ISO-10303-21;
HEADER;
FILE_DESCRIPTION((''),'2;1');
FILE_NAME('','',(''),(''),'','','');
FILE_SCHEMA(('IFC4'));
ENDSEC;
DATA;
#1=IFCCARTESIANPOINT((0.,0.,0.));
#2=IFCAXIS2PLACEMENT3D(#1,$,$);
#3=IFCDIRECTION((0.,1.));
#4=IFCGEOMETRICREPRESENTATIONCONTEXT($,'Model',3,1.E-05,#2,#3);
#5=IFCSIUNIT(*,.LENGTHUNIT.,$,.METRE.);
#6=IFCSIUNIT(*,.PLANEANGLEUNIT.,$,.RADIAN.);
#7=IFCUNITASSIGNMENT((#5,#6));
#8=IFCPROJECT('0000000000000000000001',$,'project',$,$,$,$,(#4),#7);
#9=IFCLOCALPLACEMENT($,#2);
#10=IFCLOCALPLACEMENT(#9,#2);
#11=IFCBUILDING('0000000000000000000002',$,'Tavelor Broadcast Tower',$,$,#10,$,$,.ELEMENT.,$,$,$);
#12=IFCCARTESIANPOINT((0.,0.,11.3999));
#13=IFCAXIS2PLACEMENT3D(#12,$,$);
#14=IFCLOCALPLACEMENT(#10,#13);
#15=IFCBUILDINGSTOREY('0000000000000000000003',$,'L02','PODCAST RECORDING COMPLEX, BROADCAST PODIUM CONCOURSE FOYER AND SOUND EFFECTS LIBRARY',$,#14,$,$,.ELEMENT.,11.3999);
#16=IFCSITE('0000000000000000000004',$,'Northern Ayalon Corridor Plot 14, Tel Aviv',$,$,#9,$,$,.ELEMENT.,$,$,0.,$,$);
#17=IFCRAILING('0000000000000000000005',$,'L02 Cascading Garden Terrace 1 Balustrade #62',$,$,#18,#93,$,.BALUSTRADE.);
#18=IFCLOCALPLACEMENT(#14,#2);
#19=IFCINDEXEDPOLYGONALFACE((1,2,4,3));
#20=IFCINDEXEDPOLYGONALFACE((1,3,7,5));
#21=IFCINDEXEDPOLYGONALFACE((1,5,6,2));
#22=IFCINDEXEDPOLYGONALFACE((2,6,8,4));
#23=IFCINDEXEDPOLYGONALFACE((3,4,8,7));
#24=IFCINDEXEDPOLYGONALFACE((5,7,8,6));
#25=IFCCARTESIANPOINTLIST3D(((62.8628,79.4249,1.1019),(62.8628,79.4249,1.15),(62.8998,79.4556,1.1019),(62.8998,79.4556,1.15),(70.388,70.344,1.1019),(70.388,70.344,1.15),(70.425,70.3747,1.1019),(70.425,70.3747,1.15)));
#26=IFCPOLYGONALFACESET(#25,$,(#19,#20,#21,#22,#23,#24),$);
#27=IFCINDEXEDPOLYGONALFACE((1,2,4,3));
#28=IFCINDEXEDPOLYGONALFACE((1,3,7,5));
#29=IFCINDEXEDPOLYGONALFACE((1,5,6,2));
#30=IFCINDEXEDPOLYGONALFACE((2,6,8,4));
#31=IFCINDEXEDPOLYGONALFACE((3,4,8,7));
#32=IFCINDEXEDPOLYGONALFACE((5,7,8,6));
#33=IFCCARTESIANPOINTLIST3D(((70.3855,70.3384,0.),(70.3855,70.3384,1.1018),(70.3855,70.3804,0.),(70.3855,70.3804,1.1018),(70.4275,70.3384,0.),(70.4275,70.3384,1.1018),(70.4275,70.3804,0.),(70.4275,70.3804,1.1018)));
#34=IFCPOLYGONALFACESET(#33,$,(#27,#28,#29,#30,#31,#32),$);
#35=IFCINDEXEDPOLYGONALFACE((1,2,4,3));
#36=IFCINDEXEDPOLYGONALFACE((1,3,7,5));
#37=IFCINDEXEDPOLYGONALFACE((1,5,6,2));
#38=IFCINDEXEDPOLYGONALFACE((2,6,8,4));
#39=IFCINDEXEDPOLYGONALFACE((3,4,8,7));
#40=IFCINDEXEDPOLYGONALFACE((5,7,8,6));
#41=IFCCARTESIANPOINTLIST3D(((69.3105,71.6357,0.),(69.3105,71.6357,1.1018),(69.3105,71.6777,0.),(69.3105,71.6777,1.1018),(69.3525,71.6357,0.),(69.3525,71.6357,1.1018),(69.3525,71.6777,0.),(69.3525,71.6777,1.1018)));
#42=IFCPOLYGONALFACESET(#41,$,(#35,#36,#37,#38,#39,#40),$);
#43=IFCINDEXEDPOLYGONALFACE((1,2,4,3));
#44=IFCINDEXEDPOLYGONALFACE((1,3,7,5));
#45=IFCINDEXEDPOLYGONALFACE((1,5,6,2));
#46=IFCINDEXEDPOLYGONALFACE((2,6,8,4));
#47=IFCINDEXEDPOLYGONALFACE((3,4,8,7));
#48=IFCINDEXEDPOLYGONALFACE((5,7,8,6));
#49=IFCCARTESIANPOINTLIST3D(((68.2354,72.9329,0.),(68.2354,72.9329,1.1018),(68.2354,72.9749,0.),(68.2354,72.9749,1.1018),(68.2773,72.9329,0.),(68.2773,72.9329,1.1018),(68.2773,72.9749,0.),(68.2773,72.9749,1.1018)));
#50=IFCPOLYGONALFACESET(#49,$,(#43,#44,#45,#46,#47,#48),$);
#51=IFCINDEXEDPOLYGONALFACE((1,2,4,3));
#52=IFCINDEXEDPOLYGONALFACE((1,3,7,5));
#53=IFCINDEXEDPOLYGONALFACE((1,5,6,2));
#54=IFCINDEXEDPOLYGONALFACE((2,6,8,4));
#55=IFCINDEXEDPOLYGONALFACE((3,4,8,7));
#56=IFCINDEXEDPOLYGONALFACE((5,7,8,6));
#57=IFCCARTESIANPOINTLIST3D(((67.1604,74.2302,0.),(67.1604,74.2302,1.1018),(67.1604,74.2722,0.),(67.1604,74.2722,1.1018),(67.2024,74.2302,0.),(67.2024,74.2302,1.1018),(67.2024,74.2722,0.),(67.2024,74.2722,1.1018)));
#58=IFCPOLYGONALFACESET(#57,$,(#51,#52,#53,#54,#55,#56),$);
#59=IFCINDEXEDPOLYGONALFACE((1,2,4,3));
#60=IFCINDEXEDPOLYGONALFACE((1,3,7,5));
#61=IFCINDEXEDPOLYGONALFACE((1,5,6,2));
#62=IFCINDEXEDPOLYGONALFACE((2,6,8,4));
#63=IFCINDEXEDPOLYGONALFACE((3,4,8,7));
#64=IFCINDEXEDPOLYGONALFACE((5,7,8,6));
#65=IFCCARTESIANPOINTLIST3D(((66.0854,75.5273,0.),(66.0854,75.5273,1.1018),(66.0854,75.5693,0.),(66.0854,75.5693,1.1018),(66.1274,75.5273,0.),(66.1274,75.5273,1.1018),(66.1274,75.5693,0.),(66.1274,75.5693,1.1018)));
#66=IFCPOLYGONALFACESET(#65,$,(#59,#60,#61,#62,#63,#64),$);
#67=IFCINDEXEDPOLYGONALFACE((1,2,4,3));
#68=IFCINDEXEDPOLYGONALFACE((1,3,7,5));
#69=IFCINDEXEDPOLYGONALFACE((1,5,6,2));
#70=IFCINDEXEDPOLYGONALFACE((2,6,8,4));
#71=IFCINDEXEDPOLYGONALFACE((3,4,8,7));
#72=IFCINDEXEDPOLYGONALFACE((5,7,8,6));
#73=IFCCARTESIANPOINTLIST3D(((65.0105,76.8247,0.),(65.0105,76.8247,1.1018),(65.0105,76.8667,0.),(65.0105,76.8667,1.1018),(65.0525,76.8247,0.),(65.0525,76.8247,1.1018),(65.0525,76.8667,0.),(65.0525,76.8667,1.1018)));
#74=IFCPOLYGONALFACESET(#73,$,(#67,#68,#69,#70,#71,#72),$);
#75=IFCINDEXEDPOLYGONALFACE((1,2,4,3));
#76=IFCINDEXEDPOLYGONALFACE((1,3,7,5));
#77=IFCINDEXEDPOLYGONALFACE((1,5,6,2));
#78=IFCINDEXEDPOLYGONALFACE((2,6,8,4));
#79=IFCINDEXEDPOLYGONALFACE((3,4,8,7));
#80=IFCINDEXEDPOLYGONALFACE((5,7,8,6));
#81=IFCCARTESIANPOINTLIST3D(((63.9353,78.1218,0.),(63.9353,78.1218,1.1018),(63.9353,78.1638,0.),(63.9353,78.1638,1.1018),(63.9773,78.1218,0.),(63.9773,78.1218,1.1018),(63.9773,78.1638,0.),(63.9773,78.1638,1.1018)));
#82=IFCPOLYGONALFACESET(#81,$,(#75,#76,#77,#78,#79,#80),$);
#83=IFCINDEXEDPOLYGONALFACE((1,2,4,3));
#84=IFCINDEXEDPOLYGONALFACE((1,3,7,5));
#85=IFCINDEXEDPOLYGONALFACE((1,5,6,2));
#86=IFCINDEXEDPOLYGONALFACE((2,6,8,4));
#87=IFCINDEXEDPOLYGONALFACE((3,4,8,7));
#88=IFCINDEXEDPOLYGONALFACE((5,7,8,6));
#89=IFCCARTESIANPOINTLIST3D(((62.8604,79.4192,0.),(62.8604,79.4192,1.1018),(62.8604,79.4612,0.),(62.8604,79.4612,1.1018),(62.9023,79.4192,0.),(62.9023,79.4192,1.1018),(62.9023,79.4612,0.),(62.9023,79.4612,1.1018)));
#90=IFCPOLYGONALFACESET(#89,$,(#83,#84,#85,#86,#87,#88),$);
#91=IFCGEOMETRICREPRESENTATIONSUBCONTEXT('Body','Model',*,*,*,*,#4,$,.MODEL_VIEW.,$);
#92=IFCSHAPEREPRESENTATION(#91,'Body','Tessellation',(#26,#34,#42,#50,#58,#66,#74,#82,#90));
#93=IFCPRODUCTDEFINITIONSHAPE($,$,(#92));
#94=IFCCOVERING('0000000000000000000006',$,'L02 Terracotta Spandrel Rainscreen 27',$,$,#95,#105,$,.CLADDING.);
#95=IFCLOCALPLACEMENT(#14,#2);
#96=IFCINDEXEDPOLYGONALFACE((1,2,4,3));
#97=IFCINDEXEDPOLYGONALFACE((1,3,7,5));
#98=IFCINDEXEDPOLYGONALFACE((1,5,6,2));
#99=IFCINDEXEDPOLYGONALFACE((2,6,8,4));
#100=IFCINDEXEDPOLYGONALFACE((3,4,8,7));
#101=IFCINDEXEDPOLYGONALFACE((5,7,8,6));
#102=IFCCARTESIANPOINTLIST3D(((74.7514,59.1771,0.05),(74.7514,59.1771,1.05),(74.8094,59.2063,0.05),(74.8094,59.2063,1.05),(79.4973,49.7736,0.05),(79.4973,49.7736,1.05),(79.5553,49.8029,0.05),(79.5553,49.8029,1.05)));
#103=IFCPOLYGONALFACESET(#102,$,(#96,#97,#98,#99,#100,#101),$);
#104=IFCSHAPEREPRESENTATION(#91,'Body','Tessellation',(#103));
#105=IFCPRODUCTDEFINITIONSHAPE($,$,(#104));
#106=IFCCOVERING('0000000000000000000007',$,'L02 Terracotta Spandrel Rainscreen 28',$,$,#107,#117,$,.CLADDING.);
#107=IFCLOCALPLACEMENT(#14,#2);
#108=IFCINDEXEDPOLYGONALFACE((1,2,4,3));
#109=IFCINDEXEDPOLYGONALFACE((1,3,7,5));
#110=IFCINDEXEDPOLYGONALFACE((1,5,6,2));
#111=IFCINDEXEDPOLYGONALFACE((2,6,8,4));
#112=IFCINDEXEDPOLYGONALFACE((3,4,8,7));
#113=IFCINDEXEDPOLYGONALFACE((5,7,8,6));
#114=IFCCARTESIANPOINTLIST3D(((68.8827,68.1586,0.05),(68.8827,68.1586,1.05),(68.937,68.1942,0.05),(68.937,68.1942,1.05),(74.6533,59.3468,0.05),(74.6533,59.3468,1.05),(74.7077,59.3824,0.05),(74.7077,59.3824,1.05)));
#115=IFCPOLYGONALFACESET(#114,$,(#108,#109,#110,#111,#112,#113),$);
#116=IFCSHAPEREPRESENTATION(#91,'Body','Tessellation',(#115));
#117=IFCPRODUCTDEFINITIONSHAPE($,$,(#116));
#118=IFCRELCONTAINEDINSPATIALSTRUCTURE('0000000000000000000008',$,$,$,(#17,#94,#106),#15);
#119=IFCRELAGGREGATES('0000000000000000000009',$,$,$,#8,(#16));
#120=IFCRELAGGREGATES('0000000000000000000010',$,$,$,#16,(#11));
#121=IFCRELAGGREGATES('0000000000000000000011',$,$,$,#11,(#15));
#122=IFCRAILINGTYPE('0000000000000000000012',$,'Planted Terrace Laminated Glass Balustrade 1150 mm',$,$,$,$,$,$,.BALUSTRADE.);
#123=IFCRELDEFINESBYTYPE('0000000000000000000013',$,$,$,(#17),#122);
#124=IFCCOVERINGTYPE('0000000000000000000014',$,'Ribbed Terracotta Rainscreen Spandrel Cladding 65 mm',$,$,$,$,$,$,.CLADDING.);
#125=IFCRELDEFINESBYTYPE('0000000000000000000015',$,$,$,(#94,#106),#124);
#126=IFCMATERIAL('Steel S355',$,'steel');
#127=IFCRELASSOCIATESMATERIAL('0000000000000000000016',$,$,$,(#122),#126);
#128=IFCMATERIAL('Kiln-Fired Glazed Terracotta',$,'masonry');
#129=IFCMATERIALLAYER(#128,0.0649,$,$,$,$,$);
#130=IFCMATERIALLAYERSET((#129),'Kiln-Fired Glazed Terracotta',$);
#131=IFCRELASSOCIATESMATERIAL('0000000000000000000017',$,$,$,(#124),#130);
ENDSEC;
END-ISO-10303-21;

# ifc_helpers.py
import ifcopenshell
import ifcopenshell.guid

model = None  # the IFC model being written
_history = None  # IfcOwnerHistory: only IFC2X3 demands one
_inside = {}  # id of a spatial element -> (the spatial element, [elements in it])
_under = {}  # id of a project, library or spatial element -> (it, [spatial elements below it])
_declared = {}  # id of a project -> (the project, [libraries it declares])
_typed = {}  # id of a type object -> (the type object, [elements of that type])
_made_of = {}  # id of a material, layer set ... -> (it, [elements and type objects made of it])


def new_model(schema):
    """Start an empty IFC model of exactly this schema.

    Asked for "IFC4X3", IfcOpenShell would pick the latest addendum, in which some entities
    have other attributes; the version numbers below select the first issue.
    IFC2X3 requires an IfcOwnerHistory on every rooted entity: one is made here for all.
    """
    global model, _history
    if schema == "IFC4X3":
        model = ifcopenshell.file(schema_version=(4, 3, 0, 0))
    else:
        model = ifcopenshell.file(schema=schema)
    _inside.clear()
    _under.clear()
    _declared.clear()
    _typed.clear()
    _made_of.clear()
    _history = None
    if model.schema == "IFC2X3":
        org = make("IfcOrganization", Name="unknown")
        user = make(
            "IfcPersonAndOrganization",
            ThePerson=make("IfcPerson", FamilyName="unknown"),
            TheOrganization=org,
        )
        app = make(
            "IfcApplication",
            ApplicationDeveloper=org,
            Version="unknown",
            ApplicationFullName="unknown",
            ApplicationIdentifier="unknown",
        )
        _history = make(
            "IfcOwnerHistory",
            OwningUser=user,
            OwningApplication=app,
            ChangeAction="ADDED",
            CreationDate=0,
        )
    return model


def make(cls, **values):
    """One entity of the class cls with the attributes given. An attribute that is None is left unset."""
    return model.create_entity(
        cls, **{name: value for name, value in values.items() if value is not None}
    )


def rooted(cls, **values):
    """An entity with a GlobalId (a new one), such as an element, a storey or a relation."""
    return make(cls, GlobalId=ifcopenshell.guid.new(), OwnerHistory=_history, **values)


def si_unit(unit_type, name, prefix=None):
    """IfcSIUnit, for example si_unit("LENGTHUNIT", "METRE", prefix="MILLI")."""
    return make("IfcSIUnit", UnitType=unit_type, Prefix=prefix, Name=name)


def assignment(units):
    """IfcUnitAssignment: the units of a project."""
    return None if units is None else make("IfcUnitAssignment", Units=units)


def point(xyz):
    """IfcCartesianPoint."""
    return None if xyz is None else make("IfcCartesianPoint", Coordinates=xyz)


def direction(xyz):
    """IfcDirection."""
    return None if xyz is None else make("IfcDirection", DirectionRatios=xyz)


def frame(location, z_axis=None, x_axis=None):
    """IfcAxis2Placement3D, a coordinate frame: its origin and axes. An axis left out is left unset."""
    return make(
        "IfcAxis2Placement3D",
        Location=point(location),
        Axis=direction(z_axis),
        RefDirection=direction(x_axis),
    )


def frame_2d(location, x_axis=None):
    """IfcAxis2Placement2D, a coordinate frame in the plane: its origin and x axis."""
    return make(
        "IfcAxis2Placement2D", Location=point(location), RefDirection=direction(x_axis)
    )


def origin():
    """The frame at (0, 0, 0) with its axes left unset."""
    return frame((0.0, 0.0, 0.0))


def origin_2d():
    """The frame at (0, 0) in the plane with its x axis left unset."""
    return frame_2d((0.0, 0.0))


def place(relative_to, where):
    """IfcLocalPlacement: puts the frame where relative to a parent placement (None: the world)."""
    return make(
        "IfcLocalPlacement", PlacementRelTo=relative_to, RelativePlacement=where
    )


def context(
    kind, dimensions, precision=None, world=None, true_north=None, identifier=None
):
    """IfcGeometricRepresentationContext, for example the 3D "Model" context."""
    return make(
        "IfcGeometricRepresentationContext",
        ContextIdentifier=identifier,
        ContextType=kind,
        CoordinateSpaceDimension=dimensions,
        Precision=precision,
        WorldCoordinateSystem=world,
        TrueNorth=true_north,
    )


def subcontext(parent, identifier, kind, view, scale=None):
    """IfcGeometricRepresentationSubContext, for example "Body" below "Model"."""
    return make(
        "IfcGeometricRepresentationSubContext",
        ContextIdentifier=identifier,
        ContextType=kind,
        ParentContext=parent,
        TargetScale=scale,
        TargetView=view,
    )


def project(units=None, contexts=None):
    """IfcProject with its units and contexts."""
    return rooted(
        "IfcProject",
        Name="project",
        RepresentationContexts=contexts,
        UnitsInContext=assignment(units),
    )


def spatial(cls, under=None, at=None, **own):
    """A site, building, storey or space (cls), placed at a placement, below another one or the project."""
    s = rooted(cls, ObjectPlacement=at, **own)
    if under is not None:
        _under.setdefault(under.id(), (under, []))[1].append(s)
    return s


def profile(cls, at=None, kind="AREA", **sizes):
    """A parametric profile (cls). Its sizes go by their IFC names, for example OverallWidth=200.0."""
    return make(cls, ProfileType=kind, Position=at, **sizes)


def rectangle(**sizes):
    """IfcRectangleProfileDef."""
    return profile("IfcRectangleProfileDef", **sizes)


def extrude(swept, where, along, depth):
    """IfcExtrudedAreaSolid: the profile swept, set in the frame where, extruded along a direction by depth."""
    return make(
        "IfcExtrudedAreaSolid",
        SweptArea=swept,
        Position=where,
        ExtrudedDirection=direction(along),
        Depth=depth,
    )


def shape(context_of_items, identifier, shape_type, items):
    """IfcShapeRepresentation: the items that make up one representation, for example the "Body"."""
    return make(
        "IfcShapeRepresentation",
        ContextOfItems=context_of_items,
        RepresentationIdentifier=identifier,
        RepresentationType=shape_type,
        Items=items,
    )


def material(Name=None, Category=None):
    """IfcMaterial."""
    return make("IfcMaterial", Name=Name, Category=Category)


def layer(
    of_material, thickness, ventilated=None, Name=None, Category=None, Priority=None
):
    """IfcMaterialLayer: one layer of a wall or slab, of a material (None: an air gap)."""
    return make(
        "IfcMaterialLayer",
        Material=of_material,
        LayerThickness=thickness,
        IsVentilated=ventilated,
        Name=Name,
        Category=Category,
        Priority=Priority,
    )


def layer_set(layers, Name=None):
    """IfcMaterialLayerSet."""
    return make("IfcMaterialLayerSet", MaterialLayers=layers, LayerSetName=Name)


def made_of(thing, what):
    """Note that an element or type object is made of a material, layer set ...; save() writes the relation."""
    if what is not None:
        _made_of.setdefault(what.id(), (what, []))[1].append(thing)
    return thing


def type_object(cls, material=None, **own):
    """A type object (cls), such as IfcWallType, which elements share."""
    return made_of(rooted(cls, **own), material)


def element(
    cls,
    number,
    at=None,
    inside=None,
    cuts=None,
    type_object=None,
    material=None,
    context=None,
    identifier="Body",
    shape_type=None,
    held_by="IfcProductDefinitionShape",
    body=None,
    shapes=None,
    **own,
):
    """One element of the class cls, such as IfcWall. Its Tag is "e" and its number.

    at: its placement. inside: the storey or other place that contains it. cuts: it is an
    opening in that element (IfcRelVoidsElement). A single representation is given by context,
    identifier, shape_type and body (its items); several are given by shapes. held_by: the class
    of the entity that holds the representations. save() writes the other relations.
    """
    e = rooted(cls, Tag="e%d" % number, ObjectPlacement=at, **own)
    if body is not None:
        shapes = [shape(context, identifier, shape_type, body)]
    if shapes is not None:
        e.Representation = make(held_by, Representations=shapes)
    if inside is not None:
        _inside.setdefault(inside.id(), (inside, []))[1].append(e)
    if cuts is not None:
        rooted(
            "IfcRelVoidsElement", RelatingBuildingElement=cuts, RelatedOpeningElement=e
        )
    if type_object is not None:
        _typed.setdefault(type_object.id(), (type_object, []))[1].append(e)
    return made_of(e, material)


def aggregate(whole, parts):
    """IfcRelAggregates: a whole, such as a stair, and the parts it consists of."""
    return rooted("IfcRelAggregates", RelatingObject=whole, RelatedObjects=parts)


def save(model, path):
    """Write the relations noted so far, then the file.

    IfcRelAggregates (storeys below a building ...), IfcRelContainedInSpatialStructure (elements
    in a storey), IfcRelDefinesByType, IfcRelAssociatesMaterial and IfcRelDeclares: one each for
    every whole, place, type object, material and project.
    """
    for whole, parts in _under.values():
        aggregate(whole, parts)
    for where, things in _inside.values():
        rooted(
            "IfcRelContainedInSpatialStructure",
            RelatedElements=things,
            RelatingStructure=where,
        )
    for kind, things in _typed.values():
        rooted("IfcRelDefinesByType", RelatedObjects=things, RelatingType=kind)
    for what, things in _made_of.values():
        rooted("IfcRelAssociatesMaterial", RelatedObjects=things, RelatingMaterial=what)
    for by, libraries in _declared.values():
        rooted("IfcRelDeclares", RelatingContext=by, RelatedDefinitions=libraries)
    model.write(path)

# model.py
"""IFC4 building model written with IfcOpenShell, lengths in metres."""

from ifc_helpers import new_model, si_unit, direction, frame, origin, origin_2d, place, context, subcontext, project, spatial, rectangle, extrude, material, layer, layer_set, type_object, element, save


model = new_model("IFC4")

# Units and contexts
model_context = context("Model", 3, precision=1e-05, world=origin(), true_north=direction((0.0, 1.0)))
body_context = subcontext(model_context, "Body", "Model", "MODEL_VIEW")
ifc_project = project(units=[si_unit("LENGTHUNIT", "METRE"), si_unit("PLANEANGLEUNIT", "RADIAN")], contexts=[model_context])

# Site, building, storey
site_placement = place(None, origin())
site = spatial("IfcSite", under=ifc_project, at=site_placement, Name="Northern Ayalon Corridor Plot 14, Tel Aviv", CompositionType="ELEMENT", RefElevation=0.0)
building_placement = place(site_placement, origin())
building = spatial("IfcBuilding", under=site, at=building_placement, Name="Tavelor Broadcast Tower", CompositionType="ELEMENT")
storey_placement = place(building_placement, frame((0.0, 0.0, 11.3999)))
storey = spatial("IfcBuildingStorey", under=building, at=storey_placement, Name="L02", Description="PODCAST RECORDING COMPLEX, BROADCAST PODIUM CONCOURSE FOYER AND SOUND EFFECTS LIBRARY", CompositionType="ELEMENT", Elevation=11.3999)

# Shared definitions
ifc_material_1 = material(Name="Steel S355", Category="steel")

# Railing
railing_type = type_object("IfcRailingType", Name="Planted Terrace Laminated Glass Balustrade 1150 mm", PredefinedType="BALUSTRADE", material=ifc_material_1)
railing_1_placement = place(storey_placement, frame((70.4065, 70.3594, 0.0)))
element("IfcRailing", 1, at=railing_1_placement, inside=storey, type_object=railing_type, Name="L02 Cascading Garden Terrace 1 Balustrade #62", PredefinedType="BALUSTRADE", context=body_context, shape_type="SweptSolid", body=[
    extrude(rectangle(XDim=0.0481, YDim=0.0481, at=origin_2d()), frame((0.0, 0.0, 1.126), z_axis=(-0.63807, 0.769978, 0.0), x_axis=(-0.769978, -0.63807, 0.0)), (0.0, 0.0, 1.0), 11.7937),
    extrude(rectangle(XDim=0.042, YDim=0.042, at=origin_2d()), origin(), (0.0, 0.0, 1.0), 1.1018),
    extrude(rectangle(XDim=0.042, YDim=0.042, at=origin_2d()), frame((-1.075, 1.2974, 0.0)), (0.0, 0.0, 1.0), 1.1018),
    extrude(rectangle(XDim=0.042, YDim=0.042, at=origin_2d()), frame((-2.1501, 2.5945, 0.0)), (0.0, 0.0, 1.0), 1.1018),
    extrude(rectangle(XDim=0.042, YDim=0.042, at=origin_2d()), frame((-3.2251, 3.8918, 0.0)), (0.0, 0.0, 1.0), 1.1018),
    extrude(rectangle(XDim=0.042, YDim=0.042, at=origin_2d()), frame((-4.3, 5.189, 0.0)), (0.0, 0.0, 1.0), 1.1018),
    extrude(rectangle(XDim=0.042, YDim=0.042, at=origin_2d()), frame((-5.375, 6.4863, 0.0)), (0.0, 0.0, 1.0), 1.1018),
    extrude(rectangle(XDim=0.042, YDim=0.042, at=origin_2d()), frame((-6.4502, 7.7834, 0.0)), (0.0, 0.0, 1.0), 1.1018),
    extrude(rectangle(XDim=0.042, YDim=0.042, at=origin_2d()), frame((-7.5251, 9.0808, 0.0)), (0.0, 0.0, 1.0), 1.1018),
])

# Coverings
ifc_material_2 = material(Name="Kiln-Fired Glazed Terracotta", Category="masonry")
ifc_layer_1 = layer(ifc_material_2, 0.0649)
ifc_layer_set_1 = layer_set([ifc_layer_1], Name="Kiln-Fired Glazed Terracotta")
covering_type = type_object("IfcCoveringType", Name="Ribbed Terracotta Rainscreen Spandrel Cladding 65 mm", PredefinedType="CLADDING", material=ifc_layer_set_1)
for number, where, z_axis, x_axis, name in (
    (2, (77.1533, 54.49, 0.05), (0.0, 0.0, 1.0), (-0.450566, 0.892743, 0.0), "L02 Terracotta Spandrel Rainscreen 27"),
    (3, (71.7952, 63.7705, 0.05), (0.0, 0.0, 1.0), (-0.547855, 0.836573, 0.0), "L02 Terracotta Spandrel Rainscreen 28"),
):
    element("IfcCovering", number, at=place(storey_placement, frame(where, z_axis=z_axis, x_axis=x_axis)), inside=storey, type_object=covering_type, Name=name, PredefinedType="CLADDING", context=body_context, shape_type="SweptSolid", body=[
        extrude(rectangle(XDim=10.5332, YDim=0.0649, at=origin_2d()), origin(), (0.0, 0.0, 1.0), 1.0),
    ])

save(model, "model.ifc")
